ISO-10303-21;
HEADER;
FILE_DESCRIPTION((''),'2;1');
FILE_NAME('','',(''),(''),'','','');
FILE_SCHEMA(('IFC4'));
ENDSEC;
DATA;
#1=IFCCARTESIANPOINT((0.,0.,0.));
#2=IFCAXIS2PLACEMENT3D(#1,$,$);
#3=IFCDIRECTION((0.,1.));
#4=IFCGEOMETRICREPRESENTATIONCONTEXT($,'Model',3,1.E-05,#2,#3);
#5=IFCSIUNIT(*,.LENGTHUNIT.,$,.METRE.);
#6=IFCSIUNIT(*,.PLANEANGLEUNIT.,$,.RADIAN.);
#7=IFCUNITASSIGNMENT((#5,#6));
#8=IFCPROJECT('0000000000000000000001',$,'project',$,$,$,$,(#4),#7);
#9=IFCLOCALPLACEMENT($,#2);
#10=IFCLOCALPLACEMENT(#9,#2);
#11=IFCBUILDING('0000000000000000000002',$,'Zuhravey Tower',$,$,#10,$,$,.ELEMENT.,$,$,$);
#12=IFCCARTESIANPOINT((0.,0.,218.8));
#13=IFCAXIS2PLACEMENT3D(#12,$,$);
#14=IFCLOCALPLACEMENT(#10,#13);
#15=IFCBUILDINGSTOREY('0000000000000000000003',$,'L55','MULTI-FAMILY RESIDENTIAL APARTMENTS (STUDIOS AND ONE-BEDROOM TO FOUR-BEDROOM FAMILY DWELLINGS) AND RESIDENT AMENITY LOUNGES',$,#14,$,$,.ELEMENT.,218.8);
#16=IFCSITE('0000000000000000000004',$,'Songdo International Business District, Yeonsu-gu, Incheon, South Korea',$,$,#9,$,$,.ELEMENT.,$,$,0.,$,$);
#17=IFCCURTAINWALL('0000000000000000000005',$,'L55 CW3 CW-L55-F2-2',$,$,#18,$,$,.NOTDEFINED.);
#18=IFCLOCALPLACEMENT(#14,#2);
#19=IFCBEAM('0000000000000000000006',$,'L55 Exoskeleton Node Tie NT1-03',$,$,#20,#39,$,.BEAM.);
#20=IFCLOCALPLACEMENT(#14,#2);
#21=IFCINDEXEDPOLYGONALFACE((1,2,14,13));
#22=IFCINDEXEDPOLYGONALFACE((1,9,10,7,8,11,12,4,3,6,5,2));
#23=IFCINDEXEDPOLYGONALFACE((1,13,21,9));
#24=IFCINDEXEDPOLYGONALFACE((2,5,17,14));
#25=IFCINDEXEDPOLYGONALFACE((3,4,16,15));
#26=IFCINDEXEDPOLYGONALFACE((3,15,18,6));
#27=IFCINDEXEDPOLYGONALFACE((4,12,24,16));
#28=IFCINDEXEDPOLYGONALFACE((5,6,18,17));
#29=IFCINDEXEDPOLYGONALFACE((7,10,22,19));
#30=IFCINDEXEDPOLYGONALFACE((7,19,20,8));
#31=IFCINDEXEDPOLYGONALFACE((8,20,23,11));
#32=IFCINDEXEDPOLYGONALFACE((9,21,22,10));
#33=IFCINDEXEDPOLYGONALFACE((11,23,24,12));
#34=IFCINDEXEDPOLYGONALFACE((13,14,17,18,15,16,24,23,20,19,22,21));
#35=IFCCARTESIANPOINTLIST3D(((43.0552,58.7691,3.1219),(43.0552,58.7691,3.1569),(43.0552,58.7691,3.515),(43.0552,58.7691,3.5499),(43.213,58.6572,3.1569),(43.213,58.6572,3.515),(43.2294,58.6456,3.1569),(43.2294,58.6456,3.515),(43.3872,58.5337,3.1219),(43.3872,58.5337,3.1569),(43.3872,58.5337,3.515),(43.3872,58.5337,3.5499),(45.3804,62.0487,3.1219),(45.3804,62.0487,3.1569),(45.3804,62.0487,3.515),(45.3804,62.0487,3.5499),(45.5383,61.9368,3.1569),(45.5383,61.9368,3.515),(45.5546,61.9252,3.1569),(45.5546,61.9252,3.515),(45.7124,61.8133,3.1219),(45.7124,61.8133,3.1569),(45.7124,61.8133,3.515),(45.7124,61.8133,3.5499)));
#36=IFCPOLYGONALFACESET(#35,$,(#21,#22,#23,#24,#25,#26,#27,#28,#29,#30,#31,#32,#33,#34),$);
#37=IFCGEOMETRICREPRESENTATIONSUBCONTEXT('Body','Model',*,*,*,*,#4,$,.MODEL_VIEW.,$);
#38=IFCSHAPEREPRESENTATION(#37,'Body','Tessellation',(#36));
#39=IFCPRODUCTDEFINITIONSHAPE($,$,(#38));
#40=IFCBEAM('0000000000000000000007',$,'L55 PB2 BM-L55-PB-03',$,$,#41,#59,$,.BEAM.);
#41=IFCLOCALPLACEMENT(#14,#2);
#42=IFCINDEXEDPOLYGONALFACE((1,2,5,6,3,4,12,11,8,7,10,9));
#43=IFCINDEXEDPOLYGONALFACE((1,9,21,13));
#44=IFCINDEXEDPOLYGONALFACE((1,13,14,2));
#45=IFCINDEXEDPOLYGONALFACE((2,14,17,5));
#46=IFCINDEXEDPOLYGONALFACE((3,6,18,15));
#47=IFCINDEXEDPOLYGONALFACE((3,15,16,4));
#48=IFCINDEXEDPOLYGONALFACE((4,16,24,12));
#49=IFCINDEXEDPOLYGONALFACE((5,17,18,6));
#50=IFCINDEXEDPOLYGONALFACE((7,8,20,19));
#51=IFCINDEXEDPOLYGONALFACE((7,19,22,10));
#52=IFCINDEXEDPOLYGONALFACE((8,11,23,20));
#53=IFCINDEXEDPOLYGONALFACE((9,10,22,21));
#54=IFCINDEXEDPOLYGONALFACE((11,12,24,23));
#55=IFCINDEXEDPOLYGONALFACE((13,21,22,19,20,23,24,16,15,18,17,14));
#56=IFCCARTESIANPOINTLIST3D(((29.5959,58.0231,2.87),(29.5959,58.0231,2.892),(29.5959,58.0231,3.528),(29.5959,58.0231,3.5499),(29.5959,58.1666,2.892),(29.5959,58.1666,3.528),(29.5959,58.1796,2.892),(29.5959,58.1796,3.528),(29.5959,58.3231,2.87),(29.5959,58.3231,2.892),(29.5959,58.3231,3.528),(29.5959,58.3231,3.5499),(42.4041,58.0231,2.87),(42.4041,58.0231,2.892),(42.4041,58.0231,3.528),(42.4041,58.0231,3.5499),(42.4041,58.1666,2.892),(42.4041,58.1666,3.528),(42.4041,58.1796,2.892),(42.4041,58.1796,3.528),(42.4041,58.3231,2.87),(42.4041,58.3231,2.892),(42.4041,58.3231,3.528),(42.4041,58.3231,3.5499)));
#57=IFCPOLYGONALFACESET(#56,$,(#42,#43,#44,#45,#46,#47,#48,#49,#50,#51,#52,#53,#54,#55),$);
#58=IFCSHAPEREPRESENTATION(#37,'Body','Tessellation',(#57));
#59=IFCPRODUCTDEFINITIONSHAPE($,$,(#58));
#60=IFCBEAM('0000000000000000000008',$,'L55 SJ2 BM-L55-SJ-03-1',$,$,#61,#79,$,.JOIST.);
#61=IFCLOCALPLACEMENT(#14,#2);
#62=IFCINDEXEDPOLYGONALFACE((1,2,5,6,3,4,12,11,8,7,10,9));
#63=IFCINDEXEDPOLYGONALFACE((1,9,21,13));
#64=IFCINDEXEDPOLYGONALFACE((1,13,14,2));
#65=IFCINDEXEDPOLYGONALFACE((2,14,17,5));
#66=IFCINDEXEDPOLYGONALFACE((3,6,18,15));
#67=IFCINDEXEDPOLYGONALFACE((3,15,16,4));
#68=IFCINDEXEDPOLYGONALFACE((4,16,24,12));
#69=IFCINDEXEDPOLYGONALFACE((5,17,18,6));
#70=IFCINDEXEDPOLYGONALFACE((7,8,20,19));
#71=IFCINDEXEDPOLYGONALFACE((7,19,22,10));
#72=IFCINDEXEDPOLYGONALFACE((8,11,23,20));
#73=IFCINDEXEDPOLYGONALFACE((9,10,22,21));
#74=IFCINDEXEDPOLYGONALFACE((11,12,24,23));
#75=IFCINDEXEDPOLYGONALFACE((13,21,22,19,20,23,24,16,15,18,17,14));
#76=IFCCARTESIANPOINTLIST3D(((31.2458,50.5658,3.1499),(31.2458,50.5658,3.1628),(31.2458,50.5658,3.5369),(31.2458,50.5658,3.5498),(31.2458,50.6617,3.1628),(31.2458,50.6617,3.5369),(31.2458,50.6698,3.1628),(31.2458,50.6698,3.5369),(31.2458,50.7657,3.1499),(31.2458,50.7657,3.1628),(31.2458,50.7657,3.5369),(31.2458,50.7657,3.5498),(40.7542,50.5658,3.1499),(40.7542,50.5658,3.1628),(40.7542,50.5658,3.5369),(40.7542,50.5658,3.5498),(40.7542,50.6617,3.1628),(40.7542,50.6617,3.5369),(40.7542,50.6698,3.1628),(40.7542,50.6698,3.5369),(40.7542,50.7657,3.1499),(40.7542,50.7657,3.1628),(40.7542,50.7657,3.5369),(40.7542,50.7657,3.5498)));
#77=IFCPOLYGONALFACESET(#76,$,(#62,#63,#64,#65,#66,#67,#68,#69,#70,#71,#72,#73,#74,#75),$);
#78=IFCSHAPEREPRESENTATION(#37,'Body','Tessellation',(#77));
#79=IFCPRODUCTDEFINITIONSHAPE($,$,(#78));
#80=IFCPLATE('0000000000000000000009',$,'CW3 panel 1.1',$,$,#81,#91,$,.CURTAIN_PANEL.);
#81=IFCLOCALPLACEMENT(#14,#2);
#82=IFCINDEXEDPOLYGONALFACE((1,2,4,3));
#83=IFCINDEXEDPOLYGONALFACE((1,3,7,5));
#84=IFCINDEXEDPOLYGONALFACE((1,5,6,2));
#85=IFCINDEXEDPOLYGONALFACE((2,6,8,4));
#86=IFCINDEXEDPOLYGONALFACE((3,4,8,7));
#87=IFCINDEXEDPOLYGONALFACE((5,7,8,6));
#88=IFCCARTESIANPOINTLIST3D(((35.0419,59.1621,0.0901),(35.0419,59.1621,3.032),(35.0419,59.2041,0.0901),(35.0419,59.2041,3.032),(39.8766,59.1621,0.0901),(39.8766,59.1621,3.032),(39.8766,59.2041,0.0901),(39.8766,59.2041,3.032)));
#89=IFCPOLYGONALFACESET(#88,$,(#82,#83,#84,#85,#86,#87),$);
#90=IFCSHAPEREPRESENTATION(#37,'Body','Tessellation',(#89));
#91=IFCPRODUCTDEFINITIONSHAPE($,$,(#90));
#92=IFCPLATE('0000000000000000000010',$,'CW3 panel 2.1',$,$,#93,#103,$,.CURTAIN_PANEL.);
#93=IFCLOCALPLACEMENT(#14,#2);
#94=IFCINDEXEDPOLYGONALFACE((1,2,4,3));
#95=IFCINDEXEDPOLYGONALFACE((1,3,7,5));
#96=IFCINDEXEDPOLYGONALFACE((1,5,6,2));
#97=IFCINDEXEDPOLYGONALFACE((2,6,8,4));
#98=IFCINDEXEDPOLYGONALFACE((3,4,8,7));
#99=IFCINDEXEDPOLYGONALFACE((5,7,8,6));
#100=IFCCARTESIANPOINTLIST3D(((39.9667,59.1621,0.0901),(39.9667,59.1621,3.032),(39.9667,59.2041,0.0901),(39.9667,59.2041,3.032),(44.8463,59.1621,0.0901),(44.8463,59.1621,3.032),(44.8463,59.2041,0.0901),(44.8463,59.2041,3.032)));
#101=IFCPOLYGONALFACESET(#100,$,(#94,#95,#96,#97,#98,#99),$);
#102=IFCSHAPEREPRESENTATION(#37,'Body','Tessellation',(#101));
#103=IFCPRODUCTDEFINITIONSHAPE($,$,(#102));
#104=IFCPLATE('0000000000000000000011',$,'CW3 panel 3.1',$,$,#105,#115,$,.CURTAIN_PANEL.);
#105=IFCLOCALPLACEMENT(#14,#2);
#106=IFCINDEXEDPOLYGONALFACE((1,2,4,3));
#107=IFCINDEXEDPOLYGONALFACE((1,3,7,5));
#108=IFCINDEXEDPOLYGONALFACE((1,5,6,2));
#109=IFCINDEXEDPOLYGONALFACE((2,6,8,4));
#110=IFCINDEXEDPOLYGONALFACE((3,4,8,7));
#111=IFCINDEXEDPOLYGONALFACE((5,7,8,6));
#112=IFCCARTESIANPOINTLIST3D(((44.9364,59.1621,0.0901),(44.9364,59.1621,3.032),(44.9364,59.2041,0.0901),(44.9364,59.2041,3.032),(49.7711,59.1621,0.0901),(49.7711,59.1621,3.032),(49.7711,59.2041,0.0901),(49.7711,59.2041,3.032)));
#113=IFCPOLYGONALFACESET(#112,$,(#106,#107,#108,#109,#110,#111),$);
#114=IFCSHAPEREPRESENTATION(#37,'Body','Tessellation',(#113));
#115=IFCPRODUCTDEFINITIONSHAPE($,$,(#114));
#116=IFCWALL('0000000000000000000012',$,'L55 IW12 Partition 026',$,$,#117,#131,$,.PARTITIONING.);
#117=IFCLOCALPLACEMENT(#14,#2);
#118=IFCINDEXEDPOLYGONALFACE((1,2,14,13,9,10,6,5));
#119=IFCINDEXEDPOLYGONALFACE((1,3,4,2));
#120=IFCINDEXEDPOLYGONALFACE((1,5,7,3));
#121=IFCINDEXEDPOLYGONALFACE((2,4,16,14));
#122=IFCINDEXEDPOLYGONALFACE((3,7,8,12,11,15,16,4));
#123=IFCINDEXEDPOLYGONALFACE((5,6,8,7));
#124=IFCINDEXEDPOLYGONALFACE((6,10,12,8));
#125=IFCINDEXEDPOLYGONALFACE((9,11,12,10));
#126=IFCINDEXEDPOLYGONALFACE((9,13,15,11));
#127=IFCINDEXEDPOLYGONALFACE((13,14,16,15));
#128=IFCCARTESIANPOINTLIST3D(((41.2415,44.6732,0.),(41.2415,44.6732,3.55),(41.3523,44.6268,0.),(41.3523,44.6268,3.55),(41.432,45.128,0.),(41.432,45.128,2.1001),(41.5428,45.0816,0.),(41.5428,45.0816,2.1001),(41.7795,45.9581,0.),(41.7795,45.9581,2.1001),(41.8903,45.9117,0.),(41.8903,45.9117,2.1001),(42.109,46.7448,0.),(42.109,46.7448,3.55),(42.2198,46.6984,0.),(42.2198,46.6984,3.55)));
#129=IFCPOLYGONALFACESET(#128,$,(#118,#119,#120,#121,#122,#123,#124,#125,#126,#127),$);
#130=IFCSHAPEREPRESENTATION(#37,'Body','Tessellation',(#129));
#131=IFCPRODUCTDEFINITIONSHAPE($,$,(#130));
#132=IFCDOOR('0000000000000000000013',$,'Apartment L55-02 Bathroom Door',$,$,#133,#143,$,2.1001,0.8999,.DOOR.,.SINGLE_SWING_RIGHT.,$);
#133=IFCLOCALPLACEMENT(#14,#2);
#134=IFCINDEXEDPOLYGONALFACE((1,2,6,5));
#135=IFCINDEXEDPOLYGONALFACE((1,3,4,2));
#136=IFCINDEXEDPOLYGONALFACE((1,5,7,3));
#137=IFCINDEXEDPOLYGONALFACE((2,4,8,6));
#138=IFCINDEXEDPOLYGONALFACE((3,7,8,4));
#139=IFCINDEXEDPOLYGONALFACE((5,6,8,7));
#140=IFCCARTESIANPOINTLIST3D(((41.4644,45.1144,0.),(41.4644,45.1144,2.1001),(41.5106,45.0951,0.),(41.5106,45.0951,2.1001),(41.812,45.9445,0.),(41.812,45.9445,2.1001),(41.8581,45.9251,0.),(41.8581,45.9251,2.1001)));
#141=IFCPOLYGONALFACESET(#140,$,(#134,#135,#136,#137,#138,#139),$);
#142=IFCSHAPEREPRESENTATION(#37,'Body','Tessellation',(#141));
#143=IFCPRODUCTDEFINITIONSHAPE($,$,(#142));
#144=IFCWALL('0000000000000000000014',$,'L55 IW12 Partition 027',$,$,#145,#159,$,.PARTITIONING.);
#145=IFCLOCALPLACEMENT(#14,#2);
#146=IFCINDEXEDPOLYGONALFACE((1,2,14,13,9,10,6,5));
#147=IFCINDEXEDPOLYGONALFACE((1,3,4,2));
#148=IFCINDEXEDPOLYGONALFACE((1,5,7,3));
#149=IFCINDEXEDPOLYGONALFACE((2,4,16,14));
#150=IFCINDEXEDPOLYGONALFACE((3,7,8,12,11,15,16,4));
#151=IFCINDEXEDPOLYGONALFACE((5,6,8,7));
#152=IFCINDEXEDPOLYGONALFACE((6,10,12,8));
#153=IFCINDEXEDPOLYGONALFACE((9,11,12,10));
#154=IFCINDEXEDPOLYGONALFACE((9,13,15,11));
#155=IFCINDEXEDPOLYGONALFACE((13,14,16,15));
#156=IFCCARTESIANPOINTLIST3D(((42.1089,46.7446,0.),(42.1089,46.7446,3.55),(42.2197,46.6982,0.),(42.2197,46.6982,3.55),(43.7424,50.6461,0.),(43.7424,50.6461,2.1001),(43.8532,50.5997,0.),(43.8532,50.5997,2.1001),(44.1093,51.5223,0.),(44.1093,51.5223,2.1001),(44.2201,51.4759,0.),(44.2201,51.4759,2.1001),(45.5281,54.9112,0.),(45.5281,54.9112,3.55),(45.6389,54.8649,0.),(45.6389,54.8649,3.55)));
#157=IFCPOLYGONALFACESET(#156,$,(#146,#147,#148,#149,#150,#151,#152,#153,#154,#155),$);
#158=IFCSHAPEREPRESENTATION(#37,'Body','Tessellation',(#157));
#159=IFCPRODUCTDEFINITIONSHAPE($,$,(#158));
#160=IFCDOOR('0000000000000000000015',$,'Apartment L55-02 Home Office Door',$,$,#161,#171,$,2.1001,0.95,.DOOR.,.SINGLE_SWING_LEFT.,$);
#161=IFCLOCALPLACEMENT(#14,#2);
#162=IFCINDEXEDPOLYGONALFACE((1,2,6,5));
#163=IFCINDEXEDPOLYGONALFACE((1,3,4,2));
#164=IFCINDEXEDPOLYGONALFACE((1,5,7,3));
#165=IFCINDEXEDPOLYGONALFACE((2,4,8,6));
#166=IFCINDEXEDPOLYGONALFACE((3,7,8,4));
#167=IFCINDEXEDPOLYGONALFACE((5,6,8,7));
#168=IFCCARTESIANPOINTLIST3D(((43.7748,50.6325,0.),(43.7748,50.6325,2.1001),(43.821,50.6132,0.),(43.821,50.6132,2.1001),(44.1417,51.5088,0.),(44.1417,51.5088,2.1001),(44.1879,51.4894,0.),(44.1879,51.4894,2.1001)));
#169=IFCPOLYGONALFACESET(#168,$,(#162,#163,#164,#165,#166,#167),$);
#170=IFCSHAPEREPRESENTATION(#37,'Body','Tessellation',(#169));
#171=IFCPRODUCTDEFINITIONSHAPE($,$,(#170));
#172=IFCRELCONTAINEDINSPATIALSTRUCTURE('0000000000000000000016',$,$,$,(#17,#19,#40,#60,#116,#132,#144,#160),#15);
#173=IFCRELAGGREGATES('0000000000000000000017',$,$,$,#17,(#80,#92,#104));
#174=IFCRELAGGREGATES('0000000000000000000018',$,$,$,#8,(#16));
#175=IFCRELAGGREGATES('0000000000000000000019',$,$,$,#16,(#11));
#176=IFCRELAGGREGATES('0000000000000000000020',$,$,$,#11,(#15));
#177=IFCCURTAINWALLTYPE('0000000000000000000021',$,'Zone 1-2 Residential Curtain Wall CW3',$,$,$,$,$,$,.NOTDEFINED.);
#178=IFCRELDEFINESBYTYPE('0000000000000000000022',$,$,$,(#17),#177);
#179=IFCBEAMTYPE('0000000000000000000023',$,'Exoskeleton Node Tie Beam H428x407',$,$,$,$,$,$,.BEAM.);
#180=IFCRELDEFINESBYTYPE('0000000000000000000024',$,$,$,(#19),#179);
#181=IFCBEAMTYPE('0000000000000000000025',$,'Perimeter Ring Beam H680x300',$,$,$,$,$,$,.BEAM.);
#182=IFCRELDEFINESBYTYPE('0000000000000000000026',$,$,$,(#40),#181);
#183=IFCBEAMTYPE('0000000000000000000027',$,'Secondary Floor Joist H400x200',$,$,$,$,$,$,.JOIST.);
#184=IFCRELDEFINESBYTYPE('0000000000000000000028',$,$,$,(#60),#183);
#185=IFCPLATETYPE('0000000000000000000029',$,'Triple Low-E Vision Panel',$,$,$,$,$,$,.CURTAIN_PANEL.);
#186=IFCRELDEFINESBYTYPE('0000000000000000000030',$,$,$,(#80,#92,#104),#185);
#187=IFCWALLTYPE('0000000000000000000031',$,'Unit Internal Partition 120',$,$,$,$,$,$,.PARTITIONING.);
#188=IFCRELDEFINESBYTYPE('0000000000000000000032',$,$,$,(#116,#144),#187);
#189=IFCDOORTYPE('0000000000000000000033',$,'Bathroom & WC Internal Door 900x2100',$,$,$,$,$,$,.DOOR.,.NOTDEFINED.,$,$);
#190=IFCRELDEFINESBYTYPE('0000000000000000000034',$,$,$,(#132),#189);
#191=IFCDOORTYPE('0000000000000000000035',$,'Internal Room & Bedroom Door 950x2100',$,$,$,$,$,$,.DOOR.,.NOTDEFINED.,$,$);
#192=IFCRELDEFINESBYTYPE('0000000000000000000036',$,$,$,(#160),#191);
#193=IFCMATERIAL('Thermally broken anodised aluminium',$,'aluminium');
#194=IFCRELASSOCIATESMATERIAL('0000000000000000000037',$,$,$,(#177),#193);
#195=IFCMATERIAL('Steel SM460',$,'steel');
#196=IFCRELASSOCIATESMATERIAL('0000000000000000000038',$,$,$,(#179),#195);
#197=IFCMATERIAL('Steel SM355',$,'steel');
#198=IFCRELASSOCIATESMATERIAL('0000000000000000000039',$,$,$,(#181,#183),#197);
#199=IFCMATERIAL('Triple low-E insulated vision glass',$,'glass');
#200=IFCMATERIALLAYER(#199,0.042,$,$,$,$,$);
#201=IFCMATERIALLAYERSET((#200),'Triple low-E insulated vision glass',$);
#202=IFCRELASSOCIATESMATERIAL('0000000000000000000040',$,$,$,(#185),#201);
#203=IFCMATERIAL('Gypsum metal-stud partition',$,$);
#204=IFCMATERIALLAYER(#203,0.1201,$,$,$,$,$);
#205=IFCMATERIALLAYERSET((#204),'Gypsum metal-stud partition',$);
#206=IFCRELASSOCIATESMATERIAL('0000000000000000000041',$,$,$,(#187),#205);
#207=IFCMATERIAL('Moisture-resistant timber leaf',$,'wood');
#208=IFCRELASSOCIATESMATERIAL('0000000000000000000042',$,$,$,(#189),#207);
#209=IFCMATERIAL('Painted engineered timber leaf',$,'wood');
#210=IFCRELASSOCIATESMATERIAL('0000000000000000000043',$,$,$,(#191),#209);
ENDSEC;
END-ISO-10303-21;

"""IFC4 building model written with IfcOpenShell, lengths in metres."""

from ifc_helpers import new_model, si_unit, direction, frame, frame_2d, origin, origin_2d, place, context, subcontext, project, spatial, rectangle, i_section, extrude, material, layer, layer_set, material_profile, profile_set, type_object, element, fill, aggregate, save


model = new_model("IFC4")

# Units and contexts
model_context = context("Model", 3, precision=1e-05, world=origin(), true_north=direction((0.0, 1.0)))
body_context = subcontext(model_context, "Body", "Model", "MODEL_VIEW")
ifc_project = project(units=[si_unit("LENGTHUNIT", "METRE"), si_unit("PLANEANGLEUNIT", "RADIAN")], contexts=[model_context])

# Site, building, storey
site_placement = place(None, origin())
site = spatial("IfcSite", under=ifc_project, at=site_placement, Name="Songdo International Business District, Yeonsu-gu, Incheon, South Korea", CompositionType="ELEMENT", RefElevation=0.0)
building_placement = place(site_placement, origin())
building = spatial("IfcBuilding", under=site, at=building_placement, Name="Zuhravey Tower", CompositionType="ELEMENT")
storey_placement = place(building_placement, frame((0.0, 0.0, 218.8)))
storey = spatial("IfcBuildingStorey", under=building, at=storey_placement, Name="L55", Description="MULTI-FAMILY RESIDENTIAL APARTMENTS (STUDIOS AND ONE-BEDROOM TO FOUR-BEDROOM FAMILY DWELLINGS) AND RESIDENT AMENITY LOUNGES", CompositionType="ELEMENT", Elevation=218.8)

# Curtain wall
ifc_material_1 = material(Name="Thermally broken anodised aluminium", Category="aluminium")
curtain_wall_type = type_object("IfcCurtainWallType", Name="Zone 1-2 Residential Curtain Wall CW3", PredefinedType="NOTDEFINED", material=ifc_material_1)
curtain_wall_placement = place(storey_placement, origin())
curtain_wall = element("IfcCurtainWall", 1, at=curtain_wall_placement, inside=storey, type_object=curtain_wall_type, Name="L55 CW3 CW-L55-F2-2", PredefinedType="NOTDEFINED")

# Beams
ifc_material_2 = material(Name="Steel SM460", Category="steel")
ifc_material_profile_1 = material_profile(ifc_material_2, i_section(OverallWidth=0.407, OverallDepth=0.428, WebThickness=0.02, FlangeThickness=0.0349, at=origin_2d()), Name="H-428x407x20x35")
ifc_profile_set_1 = profile_set([ifc_material_profile_1], Name="Steel SM460")
beam_type_1 = type_object("IfcBeamType", Name="Exoskeleton Node Tie Beam H428x407", PredefinedType="BEAM", material=ifc_profile_set_1)
beam_1_placement = place(storey_placement, frame((43.2212, 58.6514, 3.3359), z_axis=(0.57838, 0.815768, 0.0), x_axis=(-0.815768, 0.57838, 0.0)))
element("IfcBeam", 2, at=beam_1_placement, inside=storey, type_object=beam_type_1, Name="L55 Exoskeleton Node Tie NT1-03", PredefinedType="BEAM", context=body_context, shape_type="SweptSolid", body=[
    extrude(i_section(OverallWidth=0.407, OverallDepth=0.428, WebThickness=0.02, FlangeThickness=0.0349, at=origin_2d()), origin(), (0.0, 0.0, 1.0), 4.0203),
])
ifc_material_3 = material(Name="Steel SM355", Category="steel")
ifc_material_profile_2 = material_profile(ifc_material_3, i_section(OverallWidth=0.3, OverallDepth=0.6799, WebThickness=0.0129, FlangeThickness=0.022, at=origin_2d()), Name="H-680x300x13x22")
ifc_profile_set_2 = profile_set([ifc_material_profile_2], Name="Steel SM355")
beam_type_2 = type_object("IfcBeamType", Name="Perimeter Ring Beam H680x300", PredefinedType="BEAM", material=ifc_profile_set_2)
beam_2_placement = place(storey_placement, frame((42.4041, 58.1731, 3.21), z_axis=(-1.0, 0.0, 0.0), x_axis=(0.0, -1.0, 0.0)))
element("IfcBeam", 3, at=beam_2_placement, inside=storey, type_object=beam_type_2, Name="L55 PB2 BM-L55-PB-03", PredefinedType="BEAM", context=body_context, shape_type="SweptSolid", body=[
    extrude(i_section(OverallWidth=0.3, OverallDepth=0.6799, WebThickness=0.0129, FlangeThickness=0.022, at=origin_2d()), origin(), (0.0, 0.0, 1.0), 12.8081),
])
ifc_material_profile_3 = material_profile(ifc_material_3, i_section(OverallWidth=0.2, OverallDepth=0.3999, WebThickness=0.0081, FlangeThickness=0.0129, at=origin_2d()), Name="H-400x200x8x13")
ifc_profile_set_3 = profile_set([ifc_material_profile_3], Name="Steel SM355")
beam_type_3 = type_object("IfcBeamType", Name="Secondary Floor Joist H400x200", PredefinedType="JOIST", material=ifc_profile_set_3)
beam_3_placement = place(storey_placement, frame((40.7542, 50.6658, 3.3499), z_axis=(-1.0, 0.0, 0.0), x_axis=(0.0, -1.0, 0.0)))
element("IfcBeam", 4, at=beam_3_placement, inside=storey, type_object=beam_type_3, Name="L55 SJ2 BM-L55-SJ-03-1", PredefinedType="JOIST", context=body_context, shape_type="SweptSolid", body=[
    extrude(i_section(OverallWidth=0.2, OverallDepth=0.3999, WebThickness=0.0081, FlangeThickness=0.0129, at=origin_2d()), origin(), (0.0, 0.0, 1.0), 9.5083),
])

# Plates
ifc_material_4 = material(Name="Triple low-E insulated vision glass", Category="glass")
ifc_layer_1 = layer(ifc_material_4, 0.042)
ifc_layer_set_1 = layer_set([ifc_layer_1], Name="Triple low-E insulated vision glass")
plate_type = type_object("IfcPlateType", Name="Triple Low-E Vision Panel", PredefinedType="CURTAIN_PANEL", material=ifc_layer_set_1)
plate_1_placement = place(storey_placement, frame((37.4592, 59.1831, 0.0901), z_axis=(0.0, 0.0, 1.0), x_axis=(1.0, 0.0, 0.0)))
plate_1 = element("IfcPlate", 5, at=plate_1_placement, type_object=plate_type, Name="CW3 panel 1.1", PredefinedType="CURTAIN_PANEL", context=body_context, shape_type="SweptSolid", body=[
    extrude(rectangle(XDim=4.8347, YDim=0.042, at=origin_2d()), origin(), (0.0, 0.0, 1.0), 2.9419),
])
plate_2_placement = place(storey_placement, frame((42.4065, 59.1831, 0.0901), z_axis=(0.0, 0.0, 1.0), x_axis=(1.0, 0.0, 0.0)))
plate_2 = element("IfcPlate", 6, at=plate_2_placement, type_object=plate_type, Name="CW3 panel 2.1", PredefinedType="CURTAIN_PANEL", context=body_context, shape_type="SweptSolid", body=[
    extrude(rectangle(XDim=4.8796, YDim=0.042, at=origin_2d()), origin(), (0.0, 0.0, 1.0), 2.9419),
])
plate_3_placement = place(storey_placement, frame((47.3538, 59.1831, 0.0901), z_axis=(0.0, 0.0, 1.0), x_axis=(1.0, 0.0, 0.0)))
plate_3 = element("IfcPlate", 7, at=plate_3_placement, type_object=plate_type, Name="CW3 panel 3.1", PredefinedType="CURTAIN_PANEL", context=body_context, shape_type="SweptSolid", body=[
    extrude(rectangle(XDim=4.8347, YDim=0.042, at=origin_2d()), origin(), (0.0, 0.0, 1.0), 2.9419),
])
aggregate(curtain_wall, [plate_1, plate_2, plate_3])

# Walls, openings, doors
ifc_material_5 = material(Name="Gypsum metal-stud partition")
ifc_layer_2 = layer(ifc_material_5, 0.1201)
ifc_layer_set_2 = layer_set([ifc_layer_2], Name="Gypsum metal-stud partition")
wall_type = type_object("IfcWallType", Name="Unit Internal Partition 120", PredefinedType="PARTITIONING", material=ifc_layer_set_2)
wall_1_placement = place(storey_placement, frame((41.2969, 44.6499, 0.0), z_axis=(0.0, 0.0, 1.0), x_axis=(0.386243, 0.922397, 0.0)))
wall_1 = element("IfcWall", 8, at=wall_1_placement, inside=storey, type_object=wall_type, Name="L55 IW12 Partition 026", PredefinedType="PARTITIONING", context=body_context, shape_type="SweptSolid", body=[
    extrude(rectangle(XDim=2.2458, YDim=0.1201, at=frame_2d((1.123, 0.0))), origin(), (0.0, 0.0, 1.0), 3.55),
])
opening_1_placement = place(wall_1_placement, frame((0.4932, 0.0, 0.0)))
opening_1 = element("IfcOpeningElement", 9, at=opening_1_placement, cuts=wall_1, PredefinedType="OPENING", context=body_context, shape_type="SweptSolid", body=[
    extrude(rectangle(XDim=0.8999, YDim=2.1001, at=frame_2d((0.45, 1.05))), frame((0.0, 0.072, 0.0), z_axis=(0.0, -1.0, 0.0), x_axis=(1.0, 0.0, 0.0)), (0.0, 0.0, 1.0), 0.144),
])
ifc_material_6 = material(Name="Moisture-resistant timber leaf", Category="wood")
door_type_1 = type_object("IfcDoorType", Name="Bathroom & WC Internal Door 900x2100", OperationType="NOTDEFINED", PredefinedType="DOOR", material=ifc_material_6)
door_1_placement = place(opening_1_placement, origin())
door_1 = element("IfcDoor", 10, at=door_1_placement, inside=storey, type_object=door_type_1, Name="Apartment L55-02 Bathroom Door", OperationType="SINGLE_SWING_RIGHT", OverallHeight=2.1001, OverallWidth=0.8999, PredefinedType="DOOR", context=body_context, shape_type="SweptSolid", body=[
    extrude(rectangle(XDim=0.8999, YDim=2.1001, at=frame_2d((0.45, 1.05))), frame((0.0, 0.0249, 0.0), z_axis=(0.0, -1.0, 0.0), x_axis=(1.0, 0.0, 0.0)), (0.0, 0.0, 1.0), 0.05),
])
fill(opening_1, door_1)
wall_2_placement = place(storey_placement, frame((42.1643, 46.7214, 0.0), z_axis=(0.0, 0.0, 1.0), x_axis=(0.386201, 0.922415, 0.0)))
wall_2 = element("IfcWall", 11, at=wall_2_placement, inside=storey, type_object=wall_type, Name="L55 IW12 Partition 027", PredefinedType="PARTITIONING", context=body_context, shape_type="SweptSolid", body=[
    extrude(rectangle(XDim=8.8535, YDim=0.1201, at=frame_2d((4.4268, 0.0))), origin(), (0.0, 0.0, 1.0), 3.55),
])
opening_2_placement = place(wall_2_placement, frame((4.2295, 0.0, 0.0)))
opening_2 = element("IfcOpeningElement", 12, at=opening_2_placement, cuts=wall_2, PredefinedType="OPENING", context=body_context, shape_type="SweptSolid", body=[
    extrude(rectangle(XDim=0.95, YDim=2.1001, at=frame_2d((0.4751, 1.05))), frame((0.0, 0.072, 0.0), z_axis=(0.0, -1.0, 0.0), x_axis=(1.0, 0.0, 0.0)), (0.0, 0.0, 1.0), 0.144),
])
ifc_material_7 = material(Name="Painted engineered timber leaf", Category="wood")
door_type_2 = type_object("IfcDoorType", Name="Internal Room & Bedroom Door 950x2100", OperationType="NOTDEFINED", PredefinedType="DOOR", material=ifc_material_7)
door_2_placement = place(opening_2_placement, origin())
door_2 = element("IfcDoor", 13, at=door_2_placement, inside=storey, type_object=door_type_2, Name="Apartment L55-02 Home Office Door", OperationType="SINGLE_SWING_LEFT", OverallHeight=2.1001, OverallWidth=0.95, PredefinedType="DOOR", context=body_context, shape_type="SweptSolid", body=[
    extrude(rectangle(XDim=0.95, YDim=2.1001, at=frame_2d((0.4751, 1.05))), frame((0.0, 0.0249, 0.0), z_axis=(0.0, -1.0, 0.0), x_axis=(1.0, 0.0, 0.0)), (0.0, 0.0, 1.0), 0.05),
])
fill(opening_2, door_2)

save(model, "model.ifc")
